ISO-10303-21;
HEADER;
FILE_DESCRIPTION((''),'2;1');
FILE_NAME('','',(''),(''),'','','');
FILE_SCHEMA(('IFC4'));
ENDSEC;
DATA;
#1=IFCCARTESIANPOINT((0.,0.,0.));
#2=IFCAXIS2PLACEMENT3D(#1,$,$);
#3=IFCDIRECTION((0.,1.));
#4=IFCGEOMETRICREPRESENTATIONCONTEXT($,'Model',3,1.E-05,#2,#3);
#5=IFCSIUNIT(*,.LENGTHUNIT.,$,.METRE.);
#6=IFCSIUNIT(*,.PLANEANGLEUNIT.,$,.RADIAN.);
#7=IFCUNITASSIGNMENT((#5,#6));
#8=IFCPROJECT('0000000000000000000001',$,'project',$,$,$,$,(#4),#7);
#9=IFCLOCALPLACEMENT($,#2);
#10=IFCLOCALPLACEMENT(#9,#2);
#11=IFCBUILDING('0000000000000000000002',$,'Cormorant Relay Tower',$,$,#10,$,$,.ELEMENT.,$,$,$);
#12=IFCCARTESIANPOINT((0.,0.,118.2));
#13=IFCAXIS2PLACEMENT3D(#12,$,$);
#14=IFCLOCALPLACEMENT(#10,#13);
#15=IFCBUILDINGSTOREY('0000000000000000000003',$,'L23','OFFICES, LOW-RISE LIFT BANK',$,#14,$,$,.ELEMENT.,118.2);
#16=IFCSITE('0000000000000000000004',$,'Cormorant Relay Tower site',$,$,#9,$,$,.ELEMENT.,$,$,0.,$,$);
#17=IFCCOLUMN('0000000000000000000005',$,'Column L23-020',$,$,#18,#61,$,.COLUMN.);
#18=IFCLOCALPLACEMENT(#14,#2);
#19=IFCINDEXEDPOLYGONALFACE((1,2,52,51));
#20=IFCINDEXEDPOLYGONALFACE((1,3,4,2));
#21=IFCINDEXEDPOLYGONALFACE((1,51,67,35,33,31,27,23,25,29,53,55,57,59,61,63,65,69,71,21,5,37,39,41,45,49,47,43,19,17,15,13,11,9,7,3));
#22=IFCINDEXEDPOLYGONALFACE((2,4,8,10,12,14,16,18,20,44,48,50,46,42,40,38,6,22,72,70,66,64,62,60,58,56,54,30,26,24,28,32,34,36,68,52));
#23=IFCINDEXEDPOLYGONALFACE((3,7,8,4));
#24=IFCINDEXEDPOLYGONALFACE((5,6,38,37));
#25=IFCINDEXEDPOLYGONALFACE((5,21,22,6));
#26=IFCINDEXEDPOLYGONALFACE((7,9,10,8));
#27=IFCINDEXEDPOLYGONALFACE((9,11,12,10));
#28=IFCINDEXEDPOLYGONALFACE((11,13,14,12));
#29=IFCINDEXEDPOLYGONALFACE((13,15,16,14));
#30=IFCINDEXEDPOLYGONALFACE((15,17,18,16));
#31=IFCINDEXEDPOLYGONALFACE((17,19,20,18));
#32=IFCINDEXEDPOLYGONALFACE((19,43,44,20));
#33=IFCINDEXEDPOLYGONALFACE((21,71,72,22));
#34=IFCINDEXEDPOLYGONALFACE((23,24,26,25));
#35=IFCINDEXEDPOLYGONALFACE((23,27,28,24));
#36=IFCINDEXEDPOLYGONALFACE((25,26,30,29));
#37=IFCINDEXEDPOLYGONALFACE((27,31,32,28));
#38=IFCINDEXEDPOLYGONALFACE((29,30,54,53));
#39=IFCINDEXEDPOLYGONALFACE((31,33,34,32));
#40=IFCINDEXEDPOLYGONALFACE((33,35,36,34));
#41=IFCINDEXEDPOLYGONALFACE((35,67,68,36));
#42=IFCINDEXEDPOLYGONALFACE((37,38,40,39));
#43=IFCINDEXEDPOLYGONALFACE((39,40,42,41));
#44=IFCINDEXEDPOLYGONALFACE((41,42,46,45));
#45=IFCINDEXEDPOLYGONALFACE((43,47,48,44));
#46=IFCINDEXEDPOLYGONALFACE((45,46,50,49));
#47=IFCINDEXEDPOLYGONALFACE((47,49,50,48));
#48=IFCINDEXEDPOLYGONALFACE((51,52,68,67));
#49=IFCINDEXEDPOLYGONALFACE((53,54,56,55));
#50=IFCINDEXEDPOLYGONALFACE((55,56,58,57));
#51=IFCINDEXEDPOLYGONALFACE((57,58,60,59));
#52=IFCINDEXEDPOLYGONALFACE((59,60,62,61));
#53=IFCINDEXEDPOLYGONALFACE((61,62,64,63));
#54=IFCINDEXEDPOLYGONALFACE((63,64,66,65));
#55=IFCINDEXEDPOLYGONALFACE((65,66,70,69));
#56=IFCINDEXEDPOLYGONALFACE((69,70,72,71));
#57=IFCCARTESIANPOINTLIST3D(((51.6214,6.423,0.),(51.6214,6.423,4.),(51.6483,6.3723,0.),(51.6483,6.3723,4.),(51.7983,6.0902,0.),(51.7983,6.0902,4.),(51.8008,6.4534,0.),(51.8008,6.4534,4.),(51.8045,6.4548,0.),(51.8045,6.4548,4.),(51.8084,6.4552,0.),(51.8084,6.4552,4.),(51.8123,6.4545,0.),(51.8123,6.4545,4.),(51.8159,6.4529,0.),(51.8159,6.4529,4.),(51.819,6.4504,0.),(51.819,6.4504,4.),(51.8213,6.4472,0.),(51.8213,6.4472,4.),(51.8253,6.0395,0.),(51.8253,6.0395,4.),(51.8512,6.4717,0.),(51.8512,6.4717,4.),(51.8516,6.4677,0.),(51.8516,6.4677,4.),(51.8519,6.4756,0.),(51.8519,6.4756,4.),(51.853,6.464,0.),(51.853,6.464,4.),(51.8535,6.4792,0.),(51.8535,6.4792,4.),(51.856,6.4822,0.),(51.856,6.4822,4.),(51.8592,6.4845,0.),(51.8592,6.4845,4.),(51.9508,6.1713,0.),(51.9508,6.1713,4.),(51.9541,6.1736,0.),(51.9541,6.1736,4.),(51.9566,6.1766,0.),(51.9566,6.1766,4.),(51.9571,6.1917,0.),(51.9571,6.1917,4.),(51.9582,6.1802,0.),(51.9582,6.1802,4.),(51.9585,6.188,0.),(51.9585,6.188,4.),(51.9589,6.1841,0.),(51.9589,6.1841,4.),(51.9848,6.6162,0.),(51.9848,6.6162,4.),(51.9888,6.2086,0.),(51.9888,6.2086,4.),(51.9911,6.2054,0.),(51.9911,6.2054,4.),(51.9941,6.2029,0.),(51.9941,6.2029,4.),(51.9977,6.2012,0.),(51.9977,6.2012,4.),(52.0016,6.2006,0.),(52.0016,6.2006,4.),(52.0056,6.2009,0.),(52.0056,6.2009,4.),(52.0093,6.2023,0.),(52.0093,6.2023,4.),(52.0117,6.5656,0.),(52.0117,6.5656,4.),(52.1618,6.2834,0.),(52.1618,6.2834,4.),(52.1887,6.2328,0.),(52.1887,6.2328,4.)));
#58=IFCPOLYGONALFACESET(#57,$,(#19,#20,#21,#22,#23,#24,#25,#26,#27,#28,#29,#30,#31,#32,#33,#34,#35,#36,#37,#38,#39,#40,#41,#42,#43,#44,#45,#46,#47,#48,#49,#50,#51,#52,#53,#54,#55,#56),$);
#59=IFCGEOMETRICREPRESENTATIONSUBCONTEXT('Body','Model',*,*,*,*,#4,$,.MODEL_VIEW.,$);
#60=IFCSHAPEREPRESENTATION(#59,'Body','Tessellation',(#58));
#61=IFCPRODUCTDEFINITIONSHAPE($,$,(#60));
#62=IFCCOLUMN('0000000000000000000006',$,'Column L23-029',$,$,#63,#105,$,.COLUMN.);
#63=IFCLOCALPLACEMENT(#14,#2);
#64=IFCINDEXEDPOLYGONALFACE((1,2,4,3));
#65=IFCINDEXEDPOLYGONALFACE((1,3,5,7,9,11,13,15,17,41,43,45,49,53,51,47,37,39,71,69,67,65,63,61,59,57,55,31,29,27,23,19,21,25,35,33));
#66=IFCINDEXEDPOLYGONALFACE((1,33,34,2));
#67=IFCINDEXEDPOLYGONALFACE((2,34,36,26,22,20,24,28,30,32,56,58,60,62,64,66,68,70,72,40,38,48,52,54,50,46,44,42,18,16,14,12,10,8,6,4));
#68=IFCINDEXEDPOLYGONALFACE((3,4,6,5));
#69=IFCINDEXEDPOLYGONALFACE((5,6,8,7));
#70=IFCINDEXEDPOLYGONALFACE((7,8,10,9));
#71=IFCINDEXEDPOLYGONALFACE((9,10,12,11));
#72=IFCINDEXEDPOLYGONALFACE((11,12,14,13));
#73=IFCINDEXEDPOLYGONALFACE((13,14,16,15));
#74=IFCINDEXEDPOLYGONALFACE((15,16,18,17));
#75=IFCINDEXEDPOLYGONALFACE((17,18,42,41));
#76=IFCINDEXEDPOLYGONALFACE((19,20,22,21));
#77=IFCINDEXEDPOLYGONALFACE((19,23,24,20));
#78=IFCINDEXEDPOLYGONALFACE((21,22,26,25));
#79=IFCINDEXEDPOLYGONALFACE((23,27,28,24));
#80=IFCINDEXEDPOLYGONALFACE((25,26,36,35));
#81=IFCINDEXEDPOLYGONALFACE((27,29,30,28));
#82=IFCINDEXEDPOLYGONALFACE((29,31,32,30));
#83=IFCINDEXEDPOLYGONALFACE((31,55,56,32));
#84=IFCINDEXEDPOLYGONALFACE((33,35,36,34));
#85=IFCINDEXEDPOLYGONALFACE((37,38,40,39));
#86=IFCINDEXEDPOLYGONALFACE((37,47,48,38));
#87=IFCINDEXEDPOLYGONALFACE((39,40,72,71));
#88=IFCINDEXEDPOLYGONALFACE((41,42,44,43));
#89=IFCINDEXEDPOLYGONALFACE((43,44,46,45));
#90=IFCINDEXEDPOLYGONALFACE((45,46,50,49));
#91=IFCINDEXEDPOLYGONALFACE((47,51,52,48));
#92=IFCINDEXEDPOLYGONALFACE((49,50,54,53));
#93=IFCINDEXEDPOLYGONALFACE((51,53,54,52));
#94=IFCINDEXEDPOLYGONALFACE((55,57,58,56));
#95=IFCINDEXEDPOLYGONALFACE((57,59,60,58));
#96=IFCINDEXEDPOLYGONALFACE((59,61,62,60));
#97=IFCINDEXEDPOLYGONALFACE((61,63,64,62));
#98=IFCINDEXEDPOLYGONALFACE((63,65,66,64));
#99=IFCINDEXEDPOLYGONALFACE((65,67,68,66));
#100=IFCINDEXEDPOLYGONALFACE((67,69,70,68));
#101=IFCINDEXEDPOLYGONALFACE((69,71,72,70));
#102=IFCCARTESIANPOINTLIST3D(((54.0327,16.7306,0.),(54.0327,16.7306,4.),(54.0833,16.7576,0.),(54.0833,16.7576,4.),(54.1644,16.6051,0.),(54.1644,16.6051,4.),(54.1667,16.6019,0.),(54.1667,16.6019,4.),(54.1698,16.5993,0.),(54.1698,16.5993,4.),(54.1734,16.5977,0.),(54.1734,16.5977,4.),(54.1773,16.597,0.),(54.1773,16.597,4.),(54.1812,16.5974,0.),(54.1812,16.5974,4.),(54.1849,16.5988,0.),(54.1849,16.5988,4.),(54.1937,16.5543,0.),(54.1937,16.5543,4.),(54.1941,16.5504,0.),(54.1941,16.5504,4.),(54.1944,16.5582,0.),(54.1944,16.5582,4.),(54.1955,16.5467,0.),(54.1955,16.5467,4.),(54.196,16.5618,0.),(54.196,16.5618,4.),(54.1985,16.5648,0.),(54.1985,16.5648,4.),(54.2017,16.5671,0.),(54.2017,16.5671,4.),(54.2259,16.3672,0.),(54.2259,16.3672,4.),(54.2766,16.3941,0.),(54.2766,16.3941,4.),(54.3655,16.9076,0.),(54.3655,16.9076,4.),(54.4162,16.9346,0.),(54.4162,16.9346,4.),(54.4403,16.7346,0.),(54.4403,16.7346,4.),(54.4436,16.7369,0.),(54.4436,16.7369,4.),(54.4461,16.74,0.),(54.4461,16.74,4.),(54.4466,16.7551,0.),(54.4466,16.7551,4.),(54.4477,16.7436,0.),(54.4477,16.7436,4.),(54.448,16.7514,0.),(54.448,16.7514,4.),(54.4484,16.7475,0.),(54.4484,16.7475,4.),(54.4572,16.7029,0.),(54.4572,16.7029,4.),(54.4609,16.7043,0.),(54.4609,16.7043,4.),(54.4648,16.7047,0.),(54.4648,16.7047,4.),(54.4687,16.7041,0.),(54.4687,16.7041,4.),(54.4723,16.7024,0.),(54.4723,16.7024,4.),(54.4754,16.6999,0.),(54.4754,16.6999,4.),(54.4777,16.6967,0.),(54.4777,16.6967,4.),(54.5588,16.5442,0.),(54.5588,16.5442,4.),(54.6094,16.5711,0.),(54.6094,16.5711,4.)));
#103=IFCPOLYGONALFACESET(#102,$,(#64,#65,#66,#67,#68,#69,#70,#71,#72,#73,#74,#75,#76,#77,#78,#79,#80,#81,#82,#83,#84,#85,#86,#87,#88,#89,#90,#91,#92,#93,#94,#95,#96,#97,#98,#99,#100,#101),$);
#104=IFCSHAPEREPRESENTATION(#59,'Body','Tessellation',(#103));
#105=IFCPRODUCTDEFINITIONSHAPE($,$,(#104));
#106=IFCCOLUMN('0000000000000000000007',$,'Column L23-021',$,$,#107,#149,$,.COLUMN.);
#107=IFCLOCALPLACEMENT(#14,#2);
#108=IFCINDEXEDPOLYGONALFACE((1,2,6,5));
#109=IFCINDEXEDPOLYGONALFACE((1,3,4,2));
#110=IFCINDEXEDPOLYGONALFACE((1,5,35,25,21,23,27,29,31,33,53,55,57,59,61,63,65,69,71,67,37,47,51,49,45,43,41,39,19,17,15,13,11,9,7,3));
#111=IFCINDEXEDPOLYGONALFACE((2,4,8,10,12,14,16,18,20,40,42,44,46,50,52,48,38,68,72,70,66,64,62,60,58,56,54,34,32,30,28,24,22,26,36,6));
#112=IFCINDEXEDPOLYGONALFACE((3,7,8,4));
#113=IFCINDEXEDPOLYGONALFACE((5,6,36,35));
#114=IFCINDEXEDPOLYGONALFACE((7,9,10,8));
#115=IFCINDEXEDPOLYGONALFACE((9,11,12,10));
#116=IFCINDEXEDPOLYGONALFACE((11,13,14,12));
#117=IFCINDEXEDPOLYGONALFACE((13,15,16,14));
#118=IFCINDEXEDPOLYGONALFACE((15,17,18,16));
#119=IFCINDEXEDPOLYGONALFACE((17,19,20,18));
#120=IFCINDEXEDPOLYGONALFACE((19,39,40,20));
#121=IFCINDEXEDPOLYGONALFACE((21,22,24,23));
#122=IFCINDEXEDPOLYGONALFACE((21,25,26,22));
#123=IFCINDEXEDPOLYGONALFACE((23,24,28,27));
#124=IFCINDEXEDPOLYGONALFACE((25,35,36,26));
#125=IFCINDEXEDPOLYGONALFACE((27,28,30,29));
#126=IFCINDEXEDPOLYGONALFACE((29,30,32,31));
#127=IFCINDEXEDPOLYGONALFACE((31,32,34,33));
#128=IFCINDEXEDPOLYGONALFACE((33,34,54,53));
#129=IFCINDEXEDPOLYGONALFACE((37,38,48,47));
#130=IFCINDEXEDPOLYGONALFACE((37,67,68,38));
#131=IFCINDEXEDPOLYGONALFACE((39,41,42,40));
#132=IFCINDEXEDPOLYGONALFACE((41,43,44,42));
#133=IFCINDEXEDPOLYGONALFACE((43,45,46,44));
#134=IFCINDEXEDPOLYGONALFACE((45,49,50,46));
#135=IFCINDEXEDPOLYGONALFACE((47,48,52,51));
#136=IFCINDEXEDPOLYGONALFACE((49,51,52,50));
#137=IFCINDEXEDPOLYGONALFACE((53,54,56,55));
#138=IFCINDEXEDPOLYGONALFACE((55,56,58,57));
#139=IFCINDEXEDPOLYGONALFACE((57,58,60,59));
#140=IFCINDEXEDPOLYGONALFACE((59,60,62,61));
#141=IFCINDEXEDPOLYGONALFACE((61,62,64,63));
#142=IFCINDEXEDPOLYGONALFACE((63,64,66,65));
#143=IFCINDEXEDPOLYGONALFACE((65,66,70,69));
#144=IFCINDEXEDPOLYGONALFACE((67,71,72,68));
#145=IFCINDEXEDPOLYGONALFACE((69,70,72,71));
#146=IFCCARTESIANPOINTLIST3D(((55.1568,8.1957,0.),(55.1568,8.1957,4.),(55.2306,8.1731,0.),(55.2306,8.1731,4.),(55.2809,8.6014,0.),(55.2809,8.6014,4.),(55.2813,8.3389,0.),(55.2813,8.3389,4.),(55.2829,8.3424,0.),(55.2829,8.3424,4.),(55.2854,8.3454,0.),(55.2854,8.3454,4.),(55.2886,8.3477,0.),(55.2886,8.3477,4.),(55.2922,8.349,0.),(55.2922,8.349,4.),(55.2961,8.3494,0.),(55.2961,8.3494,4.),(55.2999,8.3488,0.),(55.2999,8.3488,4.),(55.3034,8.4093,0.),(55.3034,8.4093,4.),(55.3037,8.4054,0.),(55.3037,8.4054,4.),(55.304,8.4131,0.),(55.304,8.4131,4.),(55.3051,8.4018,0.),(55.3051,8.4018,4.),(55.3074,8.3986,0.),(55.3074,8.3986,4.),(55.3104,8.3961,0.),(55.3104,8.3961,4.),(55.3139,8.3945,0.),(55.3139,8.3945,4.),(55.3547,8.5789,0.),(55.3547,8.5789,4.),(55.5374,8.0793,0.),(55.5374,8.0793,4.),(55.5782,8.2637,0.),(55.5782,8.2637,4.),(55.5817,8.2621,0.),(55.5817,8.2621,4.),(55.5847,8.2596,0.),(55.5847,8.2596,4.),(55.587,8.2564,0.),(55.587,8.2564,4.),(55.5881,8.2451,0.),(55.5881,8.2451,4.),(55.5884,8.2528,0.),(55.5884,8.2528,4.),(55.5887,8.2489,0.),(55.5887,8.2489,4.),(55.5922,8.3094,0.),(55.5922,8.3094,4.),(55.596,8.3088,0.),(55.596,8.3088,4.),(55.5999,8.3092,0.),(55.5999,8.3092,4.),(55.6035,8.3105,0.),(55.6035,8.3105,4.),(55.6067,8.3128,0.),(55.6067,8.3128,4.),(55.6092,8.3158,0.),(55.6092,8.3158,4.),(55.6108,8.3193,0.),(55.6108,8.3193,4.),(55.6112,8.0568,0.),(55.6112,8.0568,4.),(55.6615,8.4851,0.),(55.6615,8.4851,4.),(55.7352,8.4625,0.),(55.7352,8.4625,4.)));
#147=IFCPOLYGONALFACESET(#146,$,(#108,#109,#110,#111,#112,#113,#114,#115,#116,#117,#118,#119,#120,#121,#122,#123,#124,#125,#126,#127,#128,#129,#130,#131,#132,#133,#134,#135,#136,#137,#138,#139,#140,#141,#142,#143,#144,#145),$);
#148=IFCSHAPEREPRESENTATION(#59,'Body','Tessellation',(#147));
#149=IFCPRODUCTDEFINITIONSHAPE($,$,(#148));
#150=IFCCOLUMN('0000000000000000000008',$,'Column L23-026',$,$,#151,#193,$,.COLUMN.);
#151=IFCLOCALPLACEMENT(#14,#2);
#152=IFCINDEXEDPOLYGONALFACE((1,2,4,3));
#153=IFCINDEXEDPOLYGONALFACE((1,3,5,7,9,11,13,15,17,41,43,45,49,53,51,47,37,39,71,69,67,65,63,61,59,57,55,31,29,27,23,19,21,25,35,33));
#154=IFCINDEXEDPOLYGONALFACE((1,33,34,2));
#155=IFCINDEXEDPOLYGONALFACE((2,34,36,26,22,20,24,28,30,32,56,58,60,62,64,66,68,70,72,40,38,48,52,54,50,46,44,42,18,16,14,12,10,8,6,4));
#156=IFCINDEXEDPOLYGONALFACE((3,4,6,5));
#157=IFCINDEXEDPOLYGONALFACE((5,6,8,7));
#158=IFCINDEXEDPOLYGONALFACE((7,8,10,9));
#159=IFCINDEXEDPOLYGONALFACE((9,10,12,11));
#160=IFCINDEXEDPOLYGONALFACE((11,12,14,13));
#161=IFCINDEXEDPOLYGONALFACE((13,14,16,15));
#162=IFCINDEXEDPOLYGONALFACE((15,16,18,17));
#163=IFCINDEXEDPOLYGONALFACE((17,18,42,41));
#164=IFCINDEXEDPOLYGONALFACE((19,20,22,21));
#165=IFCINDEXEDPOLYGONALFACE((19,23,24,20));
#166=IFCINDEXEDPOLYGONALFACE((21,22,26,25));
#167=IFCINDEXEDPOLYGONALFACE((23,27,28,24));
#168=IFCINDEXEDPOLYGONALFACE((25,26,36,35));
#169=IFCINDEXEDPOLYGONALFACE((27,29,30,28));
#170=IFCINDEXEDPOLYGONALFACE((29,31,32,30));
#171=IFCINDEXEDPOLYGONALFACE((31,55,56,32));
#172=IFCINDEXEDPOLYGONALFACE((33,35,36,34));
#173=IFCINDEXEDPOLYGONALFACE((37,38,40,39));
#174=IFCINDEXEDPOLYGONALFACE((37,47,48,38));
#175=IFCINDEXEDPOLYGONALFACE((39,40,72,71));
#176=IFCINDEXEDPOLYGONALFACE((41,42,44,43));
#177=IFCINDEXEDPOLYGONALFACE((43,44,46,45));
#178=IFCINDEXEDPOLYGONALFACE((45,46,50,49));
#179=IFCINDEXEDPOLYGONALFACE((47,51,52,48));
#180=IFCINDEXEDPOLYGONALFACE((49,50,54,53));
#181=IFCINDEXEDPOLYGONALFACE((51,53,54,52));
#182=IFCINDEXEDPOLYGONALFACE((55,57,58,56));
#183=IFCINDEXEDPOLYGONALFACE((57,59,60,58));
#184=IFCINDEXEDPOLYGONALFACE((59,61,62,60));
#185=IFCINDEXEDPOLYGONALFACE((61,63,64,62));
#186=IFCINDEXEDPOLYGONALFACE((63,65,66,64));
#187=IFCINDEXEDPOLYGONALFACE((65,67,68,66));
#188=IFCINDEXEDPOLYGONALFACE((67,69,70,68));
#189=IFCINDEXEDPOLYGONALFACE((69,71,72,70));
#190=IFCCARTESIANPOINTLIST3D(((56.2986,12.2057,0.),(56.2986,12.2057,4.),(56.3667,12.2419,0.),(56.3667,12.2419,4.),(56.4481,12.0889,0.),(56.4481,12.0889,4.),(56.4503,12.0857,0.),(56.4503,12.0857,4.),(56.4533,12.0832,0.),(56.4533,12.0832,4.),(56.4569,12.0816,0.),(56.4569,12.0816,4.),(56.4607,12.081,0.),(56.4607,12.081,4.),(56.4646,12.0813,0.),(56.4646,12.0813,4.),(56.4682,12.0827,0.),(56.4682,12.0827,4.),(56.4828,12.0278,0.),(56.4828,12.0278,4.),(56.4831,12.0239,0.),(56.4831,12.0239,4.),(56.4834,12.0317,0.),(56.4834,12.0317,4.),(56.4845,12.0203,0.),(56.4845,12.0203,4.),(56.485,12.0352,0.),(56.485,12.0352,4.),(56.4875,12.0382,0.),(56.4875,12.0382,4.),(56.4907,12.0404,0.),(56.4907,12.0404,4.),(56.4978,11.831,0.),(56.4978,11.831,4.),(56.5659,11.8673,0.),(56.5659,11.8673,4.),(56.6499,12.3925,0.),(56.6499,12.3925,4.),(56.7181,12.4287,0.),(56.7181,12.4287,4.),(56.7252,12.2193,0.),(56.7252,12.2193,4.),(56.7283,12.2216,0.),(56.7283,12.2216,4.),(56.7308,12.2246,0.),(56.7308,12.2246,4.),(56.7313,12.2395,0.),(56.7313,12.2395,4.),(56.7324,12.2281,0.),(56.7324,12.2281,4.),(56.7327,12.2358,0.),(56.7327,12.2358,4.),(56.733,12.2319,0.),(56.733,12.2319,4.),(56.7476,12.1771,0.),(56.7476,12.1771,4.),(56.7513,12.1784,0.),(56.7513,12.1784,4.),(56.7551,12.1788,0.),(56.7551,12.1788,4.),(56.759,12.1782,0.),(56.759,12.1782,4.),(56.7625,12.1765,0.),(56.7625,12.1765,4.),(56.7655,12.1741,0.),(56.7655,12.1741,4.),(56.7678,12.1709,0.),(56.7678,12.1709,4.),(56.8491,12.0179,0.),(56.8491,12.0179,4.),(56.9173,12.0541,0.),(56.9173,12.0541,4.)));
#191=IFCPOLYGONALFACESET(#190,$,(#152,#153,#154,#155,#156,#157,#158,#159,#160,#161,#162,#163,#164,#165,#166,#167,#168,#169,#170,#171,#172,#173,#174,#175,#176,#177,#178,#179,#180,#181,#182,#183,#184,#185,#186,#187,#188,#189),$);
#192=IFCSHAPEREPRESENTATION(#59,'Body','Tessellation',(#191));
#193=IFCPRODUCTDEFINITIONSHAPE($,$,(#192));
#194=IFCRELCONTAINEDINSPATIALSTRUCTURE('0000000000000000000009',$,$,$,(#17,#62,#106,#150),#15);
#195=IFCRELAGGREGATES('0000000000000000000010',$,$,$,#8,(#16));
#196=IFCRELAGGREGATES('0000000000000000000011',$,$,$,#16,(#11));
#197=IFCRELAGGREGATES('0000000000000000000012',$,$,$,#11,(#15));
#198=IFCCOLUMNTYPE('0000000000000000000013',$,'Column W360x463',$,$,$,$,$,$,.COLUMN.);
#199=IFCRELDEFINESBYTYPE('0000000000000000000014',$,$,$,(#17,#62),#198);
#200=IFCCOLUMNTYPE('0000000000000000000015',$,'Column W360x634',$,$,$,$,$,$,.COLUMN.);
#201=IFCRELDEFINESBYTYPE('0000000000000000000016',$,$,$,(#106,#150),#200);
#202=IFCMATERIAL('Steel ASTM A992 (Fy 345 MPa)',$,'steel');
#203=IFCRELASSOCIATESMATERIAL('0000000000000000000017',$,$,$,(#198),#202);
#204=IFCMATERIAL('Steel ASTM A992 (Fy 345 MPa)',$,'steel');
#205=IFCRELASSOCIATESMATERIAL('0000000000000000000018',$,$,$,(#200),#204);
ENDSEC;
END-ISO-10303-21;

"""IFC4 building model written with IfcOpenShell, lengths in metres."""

from ifc_helpers import new_model, si_unit, direction, frame, origin, origin_2d, place, context, subcontext, project, spatial, i_section, extrude, material, material_profile, profile_set, type_object, element, save


model = new_model("IFC4")

# Units and contexts
model_context = context("Model", 3, precision=1e-05, world=origin(), true_north=direction((0.0, 1.0)))
body_context = subcontext(model_context, "Body", "Model", "MODEL_VIEW")
ifc_project = project(units=[si_unit("LENGTHUNIT", "METRE"), si_unit("PLANEANGLEUNIT", "RADIAN")], contexts=[model_context])

# Site, building, storey
site_placement = place(None, origin())
site = spatial("IfcSite", under=ifc_project, at=site_placement, Name="Cormorant Relay Tower site", CompositionType="ELEMENT", RefElevation=0.0)
building_placement = place(site_placement, origin())
building = spatial("IfcBuilding", under=site, at=building_placement, Name="Cormorant Relay Tower", CompositionType="ELEMENT")
storey_placement = place(building_placement, frame((0.0, 0.0, 118.2)))
storey = spatial("IfcBuildingStorey", under=building, at=storey_placement, Name="L23", Description="OFFICES, LOW-RISE LIFT BANK", CompositionType="ELEMENT", Elevation=118.2)

# Columns
ifc_material_1 = material(Name="Steel ASTM A992 (Fy 345 MPa)", Category="steel")
ifc_material_profile_1 = material_profile(ifc_material_1, i_section(OverallWidth=0.4116, OverallDepth=0.4343, WebThickness=0.0359, FlangeThickness=0.0574, FilletRadius=0.0151, at=origin_2d()), Name="W360x463")
ifc_profile_set_1 = profile_set([ifc_material_profile_1], Name="Steel ASTM A992 (Fy 345 MPa)")
column_type_1 = type_object("IfcColumnType", Name="Column W360x463", PredefinedType="COLUMN", material=ifc_profile_set_1)
for number, where, z_axis, x_axis, name in (
    (1, (51.905, 6.3279, 0.0), (0.0, 0.0, 1.0), (0.882948, 0.469472, 0.0), "Column L23-020"),
    (2, (54.321, 16.6509, 0.0), (0.0, 0.0, 1.0), (-0.469472, 0.882948, 0.0), "Column L23-029"),
):
    element("IfcColumn", number, at=place(storey_placement, frame(where, z_axis=z_axis, x_axis=x_axis)), inside=storey, type_object=column_type_1, Name=name, PredefinedType="COLUMN", context=body_context, shape_type="SweptSolid", body=[
        extrude(i_section(OverallWidth=0.4116, OverallDepth=0.4343, WebThickness=0.0359, FlangeThickness=0.0574, FilletRadius=0.0151, at=origin_2d()), origin(), (0.0, 0.0, 1.0), 4.0),
    ])
ifc_material_2 = material(Name="Steel ASTM A992 (Fy 345 MPa)", Category="steel")
ifc_material_profile_2 = material_profile(ifc_material_2, i_section(OverallWidth=0.4243, OverallDepth=0.4751, WebThickness=0.0479, FlangeThickness=0.0771, FilletRadius=0.0149, at=origin_2d()), Name="W360x634")
ifc_profile_set_2 = profile_set([ifc_material_profile_2], Name="Steel ASTM A992 (Fy 345 MPa)")
column_type_2 = type_object("IfcColumnType", Name="Column W360x634", PredefinedType="COLUMN", material=ifc_profile_set_2)
for number, where, z_axis, x_axis, name in (
    (3, (55.446, 8.3291, 0.0), (0.0, 0.0, 1.0), (0.292372, 0.956305, 0.0), "Column L23-021"),
    (4, (56.6079, 12.1299, 0.0), (0.0, 0.0, 1.0), (-0.469472, 0.882948, 0.0), "Column L23-026"),
):
    element("IfcColumn", number, at=place(storey_placement, frame(where, z_axis=z_axis, x_axis=x_axis)), inside=storey, type_object=column_type_2, Name=name, PredefinedType="COLUMN", context=body_context, shape_type="SweptSolid", body=[
        extrude(i_section(OverallWidth=0.4243, OverallDepth=0.4751, WebThickness=0.0479, FlangeThickness=0.0771, FilletRadius=0.0149, at=origin_2d()), origin(), (0.0, 0.0, 1.0), 4.0),
    ])

save(model, "model.ifc")
